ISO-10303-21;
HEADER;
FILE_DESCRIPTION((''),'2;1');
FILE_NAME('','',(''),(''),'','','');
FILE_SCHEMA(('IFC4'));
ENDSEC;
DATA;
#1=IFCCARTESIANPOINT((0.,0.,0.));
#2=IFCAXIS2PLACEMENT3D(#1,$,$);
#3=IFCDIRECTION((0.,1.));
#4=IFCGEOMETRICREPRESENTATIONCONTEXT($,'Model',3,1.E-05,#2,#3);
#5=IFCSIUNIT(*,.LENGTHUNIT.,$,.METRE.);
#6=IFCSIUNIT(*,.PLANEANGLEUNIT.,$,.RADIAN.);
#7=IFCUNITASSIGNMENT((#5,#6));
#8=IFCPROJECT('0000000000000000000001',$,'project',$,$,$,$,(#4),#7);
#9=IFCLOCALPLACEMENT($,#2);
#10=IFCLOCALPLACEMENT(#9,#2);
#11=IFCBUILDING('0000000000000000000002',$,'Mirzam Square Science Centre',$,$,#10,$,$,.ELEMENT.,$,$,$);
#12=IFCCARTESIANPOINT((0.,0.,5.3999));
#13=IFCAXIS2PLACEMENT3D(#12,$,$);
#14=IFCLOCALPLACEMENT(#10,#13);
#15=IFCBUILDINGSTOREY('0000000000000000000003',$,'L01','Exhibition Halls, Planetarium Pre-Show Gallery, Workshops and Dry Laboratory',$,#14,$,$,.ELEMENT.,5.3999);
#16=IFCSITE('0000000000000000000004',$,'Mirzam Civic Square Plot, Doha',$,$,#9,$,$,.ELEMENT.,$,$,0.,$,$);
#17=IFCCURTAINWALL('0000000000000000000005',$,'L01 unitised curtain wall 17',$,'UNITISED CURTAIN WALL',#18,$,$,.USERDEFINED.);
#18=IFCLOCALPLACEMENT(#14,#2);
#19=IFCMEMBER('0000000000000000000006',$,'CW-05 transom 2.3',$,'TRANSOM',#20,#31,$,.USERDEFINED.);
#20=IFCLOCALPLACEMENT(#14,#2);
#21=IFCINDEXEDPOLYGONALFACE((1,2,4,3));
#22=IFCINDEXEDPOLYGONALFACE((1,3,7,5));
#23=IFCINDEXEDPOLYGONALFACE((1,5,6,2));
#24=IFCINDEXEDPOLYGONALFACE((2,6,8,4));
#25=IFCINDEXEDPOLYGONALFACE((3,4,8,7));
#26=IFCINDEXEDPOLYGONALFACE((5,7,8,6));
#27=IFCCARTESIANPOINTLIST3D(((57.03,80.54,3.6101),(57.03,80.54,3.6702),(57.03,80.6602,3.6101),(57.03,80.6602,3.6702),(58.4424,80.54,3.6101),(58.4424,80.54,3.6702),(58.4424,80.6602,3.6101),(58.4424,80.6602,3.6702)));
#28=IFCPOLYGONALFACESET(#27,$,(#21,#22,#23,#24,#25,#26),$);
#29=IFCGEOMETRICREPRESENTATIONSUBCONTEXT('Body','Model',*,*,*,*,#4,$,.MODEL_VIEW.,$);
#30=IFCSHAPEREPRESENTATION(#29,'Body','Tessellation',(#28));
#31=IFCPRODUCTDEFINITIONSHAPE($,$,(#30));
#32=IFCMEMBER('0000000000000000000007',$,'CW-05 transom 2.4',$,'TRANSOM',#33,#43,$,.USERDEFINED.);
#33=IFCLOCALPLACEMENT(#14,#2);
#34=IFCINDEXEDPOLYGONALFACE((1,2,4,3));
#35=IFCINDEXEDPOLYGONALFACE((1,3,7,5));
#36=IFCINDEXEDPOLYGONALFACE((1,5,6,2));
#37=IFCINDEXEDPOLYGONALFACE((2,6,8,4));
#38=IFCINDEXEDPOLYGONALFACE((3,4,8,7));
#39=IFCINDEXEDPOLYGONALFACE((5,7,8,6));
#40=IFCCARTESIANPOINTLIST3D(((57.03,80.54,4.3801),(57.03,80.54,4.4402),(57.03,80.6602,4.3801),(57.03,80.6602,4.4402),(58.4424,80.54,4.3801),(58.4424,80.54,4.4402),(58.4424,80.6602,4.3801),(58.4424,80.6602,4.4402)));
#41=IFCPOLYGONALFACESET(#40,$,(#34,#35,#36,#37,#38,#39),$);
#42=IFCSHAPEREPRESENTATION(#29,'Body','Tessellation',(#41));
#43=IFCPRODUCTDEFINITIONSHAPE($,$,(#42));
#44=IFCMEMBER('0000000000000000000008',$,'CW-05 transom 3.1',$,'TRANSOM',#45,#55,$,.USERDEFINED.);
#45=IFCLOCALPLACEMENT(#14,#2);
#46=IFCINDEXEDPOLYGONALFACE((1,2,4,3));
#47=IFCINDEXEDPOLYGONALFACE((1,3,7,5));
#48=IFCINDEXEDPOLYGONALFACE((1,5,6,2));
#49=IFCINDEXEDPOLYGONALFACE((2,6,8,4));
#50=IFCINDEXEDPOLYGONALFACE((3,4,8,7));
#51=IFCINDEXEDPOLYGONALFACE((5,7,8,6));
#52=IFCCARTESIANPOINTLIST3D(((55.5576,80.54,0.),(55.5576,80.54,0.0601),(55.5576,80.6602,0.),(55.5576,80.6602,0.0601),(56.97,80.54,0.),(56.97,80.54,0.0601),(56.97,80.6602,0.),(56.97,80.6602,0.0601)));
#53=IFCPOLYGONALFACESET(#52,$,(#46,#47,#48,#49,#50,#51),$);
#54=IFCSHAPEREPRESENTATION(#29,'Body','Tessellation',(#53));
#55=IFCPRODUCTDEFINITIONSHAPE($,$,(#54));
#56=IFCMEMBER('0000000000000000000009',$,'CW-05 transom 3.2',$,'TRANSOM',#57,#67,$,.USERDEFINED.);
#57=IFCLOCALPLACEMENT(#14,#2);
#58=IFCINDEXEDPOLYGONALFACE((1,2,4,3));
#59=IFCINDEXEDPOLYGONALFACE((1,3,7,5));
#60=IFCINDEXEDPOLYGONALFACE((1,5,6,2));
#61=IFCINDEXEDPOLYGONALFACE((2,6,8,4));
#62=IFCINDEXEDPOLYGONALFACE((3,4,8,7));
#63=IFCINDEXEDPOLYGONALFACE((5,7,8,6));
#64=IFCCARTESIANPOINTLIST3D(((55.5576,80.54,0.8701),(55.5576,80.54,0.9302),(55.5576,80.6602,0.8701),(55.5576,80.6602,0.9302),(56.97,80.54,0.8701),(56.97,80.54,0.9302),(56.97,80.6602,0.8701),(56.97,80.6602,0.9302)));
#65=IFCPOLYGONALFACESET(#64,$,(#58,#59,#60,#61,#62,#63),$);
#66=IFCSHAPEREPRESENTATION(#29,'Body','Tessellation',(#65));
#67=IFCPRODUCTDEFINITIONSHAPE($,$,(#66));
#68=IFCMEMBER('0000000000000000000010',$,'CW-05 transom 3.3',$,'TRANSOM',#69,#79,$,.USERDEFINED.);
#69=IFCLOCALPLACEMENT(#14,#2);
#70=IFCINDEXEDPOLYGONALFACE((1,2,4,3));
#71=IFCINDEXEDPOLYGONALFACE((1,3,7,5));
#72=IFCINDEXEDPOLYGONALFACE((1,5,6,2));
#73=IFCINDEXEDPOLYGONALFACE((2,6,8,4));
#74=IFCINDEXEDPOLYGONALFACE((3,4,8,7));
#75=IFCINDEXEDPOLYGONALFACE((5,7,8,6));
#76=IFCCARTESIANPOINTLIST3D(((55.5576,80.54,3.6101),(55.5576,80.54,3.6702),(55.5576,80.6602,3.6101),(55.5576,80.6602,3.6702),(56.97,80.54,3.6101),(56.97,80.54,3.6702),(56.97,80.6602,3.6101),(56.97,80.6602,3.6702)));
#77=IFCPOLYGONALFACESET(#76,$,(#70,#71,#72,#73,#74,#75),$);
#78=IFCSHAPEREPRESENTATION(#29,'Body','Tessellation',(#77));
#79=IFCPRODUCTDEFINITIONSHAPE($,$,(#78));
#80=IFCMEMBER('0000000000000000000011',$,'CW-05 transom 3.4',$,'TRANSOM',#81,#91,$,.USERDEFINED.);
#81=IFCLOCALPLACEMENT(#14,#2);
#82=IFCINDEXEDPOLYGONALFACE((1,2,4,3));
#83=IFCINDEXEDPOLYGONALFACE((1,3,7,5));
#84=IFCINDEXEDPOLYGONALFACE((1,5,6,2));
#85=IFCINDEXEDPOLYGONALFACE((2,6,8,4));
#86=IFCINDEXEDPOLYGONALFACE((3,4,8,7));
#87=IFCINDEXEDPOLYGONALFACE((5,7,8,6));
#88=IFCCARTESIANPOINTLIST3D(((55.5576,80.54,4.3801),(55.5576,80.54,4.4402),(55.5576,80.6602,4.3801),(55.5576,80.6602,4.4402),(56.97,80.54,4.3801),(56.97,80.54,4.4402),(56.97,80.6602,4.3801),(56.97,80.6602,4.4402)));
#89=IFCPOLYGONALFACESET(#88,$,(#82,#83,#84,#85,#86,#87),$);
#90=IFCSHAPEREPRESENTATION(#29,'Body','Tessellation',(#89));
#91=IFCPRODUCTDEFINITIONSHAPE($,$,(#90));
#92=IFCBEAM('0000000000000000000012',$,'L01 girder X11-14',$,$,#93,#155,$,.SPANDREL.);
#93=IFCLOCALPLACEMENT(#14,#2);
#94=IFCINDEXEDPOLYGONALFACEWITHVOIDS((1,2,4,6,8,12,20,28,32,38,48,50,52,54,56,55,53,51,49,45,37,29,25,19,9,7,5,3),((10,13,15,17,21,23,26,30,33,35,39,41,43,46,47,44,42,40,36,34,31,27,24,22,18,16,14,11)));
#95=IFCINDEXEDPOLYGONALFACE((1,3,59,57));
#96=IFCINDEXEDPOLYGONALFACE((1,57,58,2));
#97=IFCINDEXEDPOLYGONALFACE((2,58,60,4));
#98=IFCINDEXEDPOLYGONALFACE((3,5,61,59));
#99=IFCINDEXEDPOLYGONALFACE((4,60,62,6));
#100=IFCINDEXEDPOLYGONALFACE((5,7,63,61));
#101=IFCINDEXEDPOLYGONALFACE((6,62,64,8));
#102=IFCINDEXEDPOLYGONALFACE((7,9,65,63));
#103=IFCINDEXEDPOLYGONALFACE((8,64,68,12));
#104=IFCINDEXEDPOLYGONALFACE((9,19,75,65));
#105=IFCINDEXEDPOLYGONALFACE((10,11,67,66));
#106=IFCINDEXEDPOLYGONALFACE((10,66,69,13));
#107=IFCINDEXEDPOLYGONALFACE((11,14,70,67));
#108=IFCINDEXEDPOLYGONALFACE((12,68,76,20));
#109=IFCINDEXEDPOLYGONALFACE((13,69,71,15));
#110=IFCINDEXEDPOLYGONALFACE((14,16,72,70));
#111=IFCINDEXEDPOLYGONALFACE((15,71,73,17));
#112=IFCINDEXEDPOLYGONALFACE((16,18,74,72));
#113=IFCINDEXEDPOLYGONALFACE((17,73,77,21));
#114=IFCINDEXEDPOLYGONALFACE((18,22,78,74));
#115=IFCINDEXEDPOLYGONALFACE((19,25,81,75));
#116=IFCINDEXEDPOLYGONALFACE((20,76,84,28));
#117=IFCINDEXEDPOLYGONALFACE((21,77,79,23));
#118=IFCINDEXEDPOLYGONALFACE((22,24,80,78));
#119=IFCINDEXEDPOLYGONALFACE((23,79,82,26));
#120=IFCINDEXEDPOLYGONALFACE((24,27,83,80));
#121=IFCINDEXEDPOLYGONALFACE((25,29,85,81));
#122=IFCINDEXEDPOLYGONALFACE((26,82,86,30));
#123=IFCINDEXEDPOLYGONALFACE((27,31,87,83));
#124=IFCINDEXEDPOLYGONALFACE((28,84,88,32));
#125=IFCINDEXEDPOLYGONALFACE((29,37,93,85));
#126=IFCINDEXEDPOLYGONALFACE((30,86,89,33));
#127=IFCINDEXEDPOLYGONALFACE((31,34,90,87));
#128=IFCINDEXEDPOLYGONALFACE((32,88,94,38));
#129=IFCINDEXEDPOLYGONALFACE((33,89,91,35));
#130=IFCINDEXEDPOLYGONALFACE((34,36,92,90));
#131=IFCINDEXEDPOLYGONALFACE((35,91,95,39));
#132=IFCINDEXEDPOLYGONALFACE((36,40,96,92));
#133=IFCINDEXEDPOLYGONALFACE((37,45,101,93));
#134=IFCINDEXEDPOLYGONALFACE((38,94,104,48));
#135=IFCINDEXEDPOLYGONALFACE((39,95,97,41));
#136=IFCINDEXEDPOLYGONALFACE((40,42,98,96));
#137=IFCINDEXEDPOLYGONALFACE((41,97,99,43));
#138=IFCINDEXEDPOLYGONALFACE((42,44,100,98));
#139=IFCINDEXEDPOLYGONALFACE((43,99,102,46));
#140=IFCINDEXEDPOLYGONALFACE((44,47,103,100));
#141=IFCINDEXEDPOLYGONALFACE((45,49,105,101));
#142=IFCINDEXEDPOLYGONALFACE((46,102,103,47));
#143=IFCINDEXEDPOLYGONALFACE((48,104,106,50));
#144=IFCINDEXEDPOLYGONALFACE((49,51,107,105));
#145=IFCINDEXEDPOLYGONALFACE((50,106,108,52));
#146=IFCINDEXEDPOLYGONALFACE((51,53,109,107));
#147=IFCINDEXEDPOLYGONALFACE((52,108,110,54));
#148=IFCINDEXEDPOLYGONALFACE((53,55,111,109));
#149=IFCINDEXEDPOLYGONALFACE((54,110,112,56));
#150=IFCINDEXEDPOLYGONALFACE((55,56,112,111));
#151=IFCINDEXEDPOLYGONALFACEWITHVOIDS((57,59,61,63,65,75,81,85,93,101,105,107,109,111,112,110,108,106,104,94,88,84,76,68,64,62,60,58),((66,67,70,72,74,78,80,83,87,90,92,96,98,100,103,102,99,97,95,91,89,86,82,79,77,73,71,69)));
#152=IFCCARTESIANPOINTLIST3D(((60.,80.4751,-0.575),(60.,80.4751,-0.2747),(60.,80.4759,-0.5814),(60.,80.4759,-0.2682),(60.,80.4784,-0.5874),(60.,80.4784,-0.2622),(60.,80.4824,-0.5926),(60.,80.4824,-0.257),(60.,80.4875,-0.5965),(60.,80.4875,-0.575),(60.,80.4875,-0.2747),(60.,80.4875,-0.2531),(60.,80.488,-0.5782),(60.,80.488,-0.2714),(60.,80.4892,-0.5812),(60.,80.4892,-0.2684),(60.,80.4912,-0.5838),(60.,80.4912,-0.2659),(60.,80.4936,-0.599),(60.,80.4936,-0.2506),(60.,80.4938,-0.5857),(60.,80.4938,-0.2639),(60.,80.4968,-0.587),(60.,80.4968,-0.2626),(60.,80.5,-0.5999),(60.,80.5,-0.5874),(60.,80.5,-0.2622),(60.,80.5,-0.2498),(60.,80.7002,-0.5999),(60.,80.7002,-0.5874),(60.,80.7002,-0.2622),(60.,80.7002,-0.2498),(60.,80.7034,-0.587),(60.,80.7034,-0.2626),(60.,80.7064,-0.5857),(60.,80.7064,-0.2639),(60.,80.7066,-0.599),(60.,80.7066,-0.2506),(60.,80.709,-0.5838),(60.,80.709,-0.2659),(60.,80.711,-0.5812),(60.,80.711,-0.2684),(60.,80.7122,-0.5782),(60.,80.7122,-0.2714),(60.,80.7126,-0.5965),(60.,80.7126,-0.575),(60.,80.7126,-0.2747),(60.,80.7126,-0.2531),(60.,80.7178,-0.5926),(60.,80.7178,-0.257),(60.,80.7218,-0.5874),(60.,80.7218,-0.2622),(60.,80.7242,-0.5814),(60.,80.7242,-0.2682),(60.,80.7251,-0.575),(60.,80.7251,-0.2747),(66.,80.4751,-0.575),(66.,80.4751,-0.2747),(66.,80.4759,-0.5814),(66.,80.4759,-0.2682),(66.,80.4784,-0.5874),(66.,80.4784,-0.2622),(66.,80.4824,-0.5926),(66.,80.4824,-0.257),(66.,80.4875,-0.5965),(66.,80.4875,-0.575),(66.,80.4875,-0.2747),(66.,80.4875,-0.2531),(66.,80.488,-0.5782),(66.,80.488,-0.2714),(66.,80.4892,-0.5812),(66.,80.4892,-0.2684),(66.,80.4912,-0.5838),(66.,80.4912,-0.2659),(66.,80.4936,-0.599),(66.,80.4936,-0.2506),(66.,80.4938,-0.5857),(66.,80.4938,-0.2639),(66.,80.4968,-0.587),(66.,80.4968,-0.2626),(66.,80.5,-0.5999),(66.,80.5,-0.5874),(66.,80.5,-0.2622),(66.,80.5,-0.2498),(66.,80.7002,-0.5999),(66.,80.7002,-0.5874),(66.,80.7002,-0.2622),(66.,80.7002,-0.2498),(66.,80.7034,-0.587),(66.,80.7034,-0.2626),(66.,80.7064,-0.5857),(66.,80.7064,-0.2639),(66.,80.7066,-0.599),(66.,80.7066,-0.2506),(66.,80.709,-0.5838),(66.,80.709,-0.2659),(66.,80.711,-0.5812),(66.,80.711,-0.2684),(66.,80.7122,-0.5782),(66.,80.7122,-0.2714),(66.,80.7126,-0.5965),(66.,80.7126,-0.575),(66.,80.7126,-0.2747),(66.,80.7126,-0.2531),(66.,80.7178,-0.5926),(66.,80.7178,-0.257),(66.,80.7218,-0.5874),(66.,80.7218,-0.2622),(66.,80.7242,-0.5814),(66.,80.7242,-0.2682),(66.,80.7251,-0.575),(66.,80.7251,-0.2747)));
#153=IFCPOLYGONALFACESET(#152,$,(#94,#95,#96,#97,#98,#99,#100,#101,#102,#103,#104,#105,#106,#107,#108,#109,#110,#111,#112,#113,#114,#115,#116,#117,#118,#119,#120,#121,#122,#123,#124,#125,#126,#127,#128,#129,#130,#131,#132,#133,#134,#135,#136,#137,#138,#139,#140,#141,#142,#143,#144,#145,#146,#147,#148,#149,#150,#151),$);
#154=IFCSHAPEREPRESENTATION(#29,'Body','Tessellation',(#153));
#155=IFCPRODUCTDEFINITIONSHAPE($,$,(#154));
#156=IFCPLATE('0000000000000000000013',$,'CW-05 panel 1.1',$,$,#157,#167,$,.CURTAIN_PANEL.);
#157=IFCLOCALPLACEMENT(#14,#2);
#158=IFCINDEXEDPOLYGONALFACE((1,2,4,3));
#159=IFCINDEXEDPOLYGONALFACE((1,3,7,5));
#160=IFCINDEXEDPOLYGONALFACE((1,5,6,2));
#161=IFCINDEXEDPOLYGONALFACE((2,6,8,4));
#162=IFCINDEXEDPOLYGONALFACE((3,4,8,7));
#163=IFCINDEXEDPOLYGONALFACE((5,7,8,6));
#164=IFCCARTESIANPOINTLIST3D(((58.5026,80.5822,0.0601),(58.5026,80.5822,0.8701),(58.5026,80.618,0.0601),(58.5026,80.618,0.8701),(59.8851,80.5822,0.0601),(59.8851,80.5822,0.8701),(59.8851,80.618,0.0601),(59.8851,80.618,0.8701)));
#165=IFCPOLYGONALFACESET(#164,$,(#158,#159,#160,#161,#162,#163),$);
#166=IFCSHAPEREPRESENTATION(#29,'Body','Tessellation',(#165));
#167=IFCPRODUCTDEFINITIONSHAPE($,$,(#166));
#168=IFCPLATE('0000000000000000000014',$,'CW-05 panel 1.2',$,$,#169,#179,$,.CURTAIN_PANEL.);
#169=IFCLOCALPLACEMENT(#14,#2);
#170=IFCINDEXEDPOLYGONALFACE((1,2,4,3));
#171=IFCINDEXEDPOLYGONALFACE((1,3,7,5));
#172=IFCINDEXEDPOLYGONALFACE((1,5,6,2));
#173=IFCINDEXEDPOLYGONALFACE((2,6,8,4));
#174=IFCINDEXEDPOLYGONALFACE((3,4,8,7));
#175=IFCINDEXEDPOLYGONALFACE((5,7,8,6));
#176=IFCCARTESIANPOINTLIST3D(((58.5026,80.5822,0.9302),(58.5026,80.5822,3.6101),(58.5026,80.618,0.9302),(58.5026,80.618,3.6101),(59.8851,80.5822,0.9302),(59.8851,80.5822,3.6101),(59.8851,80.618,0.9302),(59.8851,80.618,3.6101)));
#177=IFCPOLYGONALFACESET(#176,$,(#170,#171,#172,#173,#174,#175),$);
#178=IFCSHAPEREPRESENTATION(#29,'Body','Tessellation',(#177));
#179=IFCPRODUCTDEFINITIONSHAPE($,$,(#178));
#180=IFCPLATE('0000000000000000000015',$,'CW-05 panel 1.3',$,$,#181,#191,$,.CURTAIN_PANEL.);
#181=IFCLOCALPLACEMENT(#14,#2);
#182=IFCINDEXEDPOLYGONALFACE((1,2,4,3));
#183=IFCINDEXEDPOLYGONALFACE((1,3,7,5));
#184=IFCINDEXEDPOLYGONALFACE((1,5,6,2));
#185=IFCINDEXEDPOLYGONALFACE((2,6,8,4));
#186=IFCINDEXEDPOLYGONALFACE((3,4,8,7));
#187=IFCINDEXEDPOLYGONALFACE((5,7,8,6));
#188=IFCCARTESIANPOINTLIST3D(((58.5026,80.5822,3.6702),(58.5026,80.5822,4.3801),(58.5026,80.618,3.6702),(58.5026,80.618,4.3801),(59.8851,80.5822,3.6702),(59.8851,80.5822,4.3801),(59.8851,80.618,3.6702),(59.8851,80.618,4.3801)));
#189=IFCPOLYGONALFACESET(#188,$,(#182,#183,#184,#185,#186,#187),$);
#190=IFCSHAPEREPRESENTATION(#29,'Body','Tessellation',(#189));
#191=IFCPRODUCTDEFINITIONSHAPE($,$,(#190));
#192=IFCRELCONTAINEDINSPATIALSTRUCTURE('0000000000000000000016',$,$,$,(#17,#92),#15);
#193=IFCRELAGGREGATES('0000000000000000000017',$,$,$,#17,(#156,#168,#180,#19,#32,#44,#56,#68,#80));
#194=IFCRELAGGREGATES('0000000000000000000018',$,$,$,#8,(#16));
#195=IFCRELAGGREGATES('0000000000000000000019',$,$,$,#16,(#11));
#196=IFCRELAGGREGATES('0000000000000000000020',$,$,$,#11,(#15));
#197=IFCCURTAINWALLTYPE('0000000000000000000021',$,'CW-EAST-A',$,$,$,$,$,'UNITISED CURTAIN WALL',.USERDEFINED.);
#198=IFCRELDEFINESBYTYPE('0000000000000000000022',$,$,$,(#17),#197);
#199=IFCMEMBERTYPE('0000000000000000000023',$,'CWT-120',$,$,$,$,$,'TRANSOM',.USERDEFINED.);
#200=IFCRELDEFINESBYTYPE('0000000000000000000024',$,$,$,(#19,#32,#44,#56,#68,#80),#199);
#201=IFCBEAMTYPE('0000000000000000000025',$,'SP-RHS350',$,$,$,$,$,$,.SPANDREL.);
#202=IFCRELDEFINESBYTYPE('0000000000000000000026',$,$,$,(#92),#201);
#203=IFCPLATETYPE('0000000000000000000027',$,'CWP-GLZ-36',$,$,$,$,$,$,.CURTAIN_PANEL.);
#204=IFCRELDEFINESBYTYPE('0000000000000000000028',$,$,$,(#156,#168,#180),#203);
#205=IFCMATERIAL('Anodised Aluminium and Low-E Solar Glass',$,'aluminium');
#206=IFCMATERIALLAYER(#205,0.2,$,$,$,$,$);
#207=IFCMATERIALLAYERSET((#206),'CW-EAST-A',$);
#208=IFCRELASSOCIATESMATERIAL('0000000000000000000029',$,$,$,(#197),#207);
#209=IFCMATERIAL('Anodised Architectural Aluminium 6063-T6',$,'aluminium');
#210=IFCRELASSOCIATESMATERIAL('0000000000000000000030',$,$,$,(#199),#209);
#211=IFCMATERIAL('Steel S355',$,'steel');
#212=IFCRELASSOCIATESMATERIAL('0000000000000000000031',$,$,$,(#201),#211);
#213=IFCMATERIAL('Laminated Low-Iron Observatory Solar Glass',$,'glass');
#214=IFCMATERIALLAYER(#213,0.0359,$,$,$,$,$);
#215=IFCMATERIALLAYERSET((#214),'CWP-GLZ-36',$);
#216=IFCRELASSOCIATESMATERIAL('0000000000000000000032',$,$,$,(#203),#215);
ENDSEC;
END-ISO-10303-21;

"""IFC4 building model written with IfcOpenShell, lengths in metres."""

from ifc_helpers import new_model, si_unit, direction, frame, origin, origin_2d, place, context, subcontext, project, spatial, rectangle, hollow_rectangle, extrude, material, layer, layer_set, material_profile, profile_set, type_object, element, aggregate, save


model = new_model("IFC4")

# Units and contexts
model_context = context("Model", 3, precision=1e-05, world=origin(), true_north=direction((0.0, 1.0)))
body_context = subcontext(model_context, "Body", "Model", "MODEL_VIEW")
ifc_project = project(units=[si_unit("LENGTHUNIT", "METRE"), si_unit("PLANEANGLEUNIT", "RADIAN")], contexts=[model_context])

# Site, building, storey
site_placement = place(None, origin())
site = spatial("IfcSite", under=ifc_project, at=site_placement, Name="Mirzam Civic Square Plot, Doha", CompositionType="ELEMENT", RefElevation=0.0)
building_placement = place(site_placement, origin())
building = spatial("IfcBuilding", under=site, at=building_placement, Name="Mirzam Square Science Centre", CompositionType="ELEMENT")
storey_placement = place(building_placement, frame((0.0, 0.0, 5.3999)))
storey = spatial("IfcBuildingStorey", under=building, at=storey_placement, Name="L01", Description="Exhibition Halls, Planetarium Pre-Show Gallery, Workshops and Dry Laboratory", CompositionType="ELEMENT", Elevation=5.3999)

# Shared definitions
ifc_material_1 = material(Name="Steel S355", Category="steel")

# Curtain wall
ifc_material_2 = material(Name="Anodised Aluminium and Low-E Solar Glass", Category="aluminium")
ifc_layer_1 = layer(ifc_material_2, 0.2)
ifc_layer_set_1 = layer_set([ifc_layer_1], Name="CW-EAST-A")
curtain_wall_type_1 = type_object("IfcCurtainWallType", Name="CW-EAST-A", ElementType="UNITISED CURTAIN WALL", PredefinedType="USERDEFINED", material=ifc_layer_set_1)
curtain_wall_1_placement = place(storey_placement, origin())
curtain_wall_1 = element("IfcCurtainWall", 1, at=curtain_wall_1_placement, inside=storey, type_object=curtain_wall_type_1, Name="L01 unitised curtain wall 17", ObjectType="UNITISED CURTAIN WALL", PredefinedType="USERDEFINED")
ifc_material_3 = material(Name="Anodised Architectural Aluminium 6063-T6", Category="aluminium")

# Members
ifc_material_profile_1 = material_profile(ifc_material_3, rectangle(XDim=0.1201, YDim=0.0601, at=origin_2d()), Name="ALU-TRAN-120x60x4")
ifc_profile_set_1 = profile_set([ifc_material_profile_1], Name="Anodised Architectural Aluminium 6063-T6")
member_type_1 = type_object("IfcMemberType", Name="CWT-120", ElementType="TRANSOM", PredefinedType="USERDEFINED", material=ifc_profile_set_1)
member_1_placement = place(storey_placement, frame((58.4424, 80.6001, 3.6401), z_axis=(-1.0, 0.0, 0.0), x_axis=(0.0, -1.0, 0.0)))
member_1 = element("IfcMember", 2, at=member_1_placement, type_object=member_type_1, Name="CW-05 transom 2.3", ObjectType="TRANSOM", PredefinedType="USERDEFINED", context=body_context, shape_type="SweptSolid", body=[
    extrude(rectangle(XDim=0.1201, YDim=0.0601, at=origin_2d()), origin(), (0.0, 0.0, 1.0), 1.4124),
])
member_2_placement = place(storey_placement, frame((58.4424, 80.6001, 4.4102), z_axis=(-1.0, 0.0, 0.0), x_axis=(0.0, -1.0, 0.0)))
member_2 = element("IfcMember", 3, at=member_2_placement, type_object=member_type_1, Name="CW-05 transom 2.4", ObjectType="TRANSOM", PredefinedType="USERDEFINED", context=body_context, shape_type="SweptSolid", body=[
    extrude(rectangle(XDim=0.1201, YDim=0.0601, at=origin_2d()), origin(), (0.0, 0.0, 1.0), 1.4124),
])
member_3_placement = place(storey_placement, frame((56.97, 80.6001, 0.03), z_axis=(-1.0, 0.0, 0.0), x_axis=(0.0, -1.0, 0.0)))
member_3 = element("IfcMember", 4, at=member_3_placement, type_object=member_type_1, Name="CW-05 transom 3.1", ObjectType="TRANSOM", PredefinedType="USERDEFINED", context=body_context, shape_type="SweptSolid", body=[
    extrude(rectangle(XDim=0.1201, YDim=0.0601, at=origin_2d()), origin(), (0.0, 0.0, 1.0), 1.4124),
])
member_4_placement = place(storey_placement, frame((56.97, 80.6001, 0.9001), z_axis=(-1.0, 0.0, 0.0), x_axis=(0.0, -1.0, 0.0)))
member_4 = element("IfcMember", 5, at=member_4_placement, type_object=member_type_1, Name="CW-05 transom 3.2", ObjectType="TRANSOM", PredefinedType="USERDEFINED", context=body_context, shape_type="SweptSolid", body=[
    extrude(rectangle(XDim=0.1201, YDim=0.0601, at=origin_2d()), origin(), (0.0, 0.0, 1.0), 1.4124),
])
member_5_placement = place(storey_placement, frame((56.97, 80.6001, 3.6401), z_axis=(-1.0, 0.0, 0.0), x_axis=(0.0, -1.0, 0.0)))
member_5 = element("IfcMember", 6, at=member_5_placement, type_object=member_type_1, Name="CW-05 transom 3.3", ObjectType="TRANSOM", PredefinedType="USERDEFINED", context=body_context, shape_type="SweptSolid", body=[
    extrude(rectangle(XDim=0.1201, YDim=0.0601, at=origin_2d()), origin(), (0.0, 0.0, 1.0), 1.4124),
])
member_6_placement = place(storey_placement, frame((56.97, 80.6001, 4.4102), z_axis=(-1.0, 0.0, 0.0), x_axis=(0.0, -1.0, 0.0)))
member_6 = element("IfcMember", 7, at=member_6_placement, type_object=member_type_1, Name="CW-05 transom 3.4", ObjectType="TRANSOM", PredefinedType="USERDEFINED", context=body_context, shape_type="SweptSolid", body=[
    extrude(rectangle(XDim=0.1201, YDim=0.0601, at=origin_2d()), origin(), (0.0, 0.0, 1.0), 1.4124),
])

# Beam
ifc_material_profile_2 = material_profile(ifc_material_1, hollow_rectangle(XDim=0.25, YDim=0.3501, WallThickness=0.0125, InnerFilletRadius=0.0125, OuterFilletRadius=0.0249, at=origin_2d()), Name="350x250x12.5RHS")
ifc_profile_set_2 = profile_set([ifc_material_profile_2], Name="Steel S355")
beam_type = type_object("IfcBeamType", Name="SP-RHS350", PredefinedType="SPANDREL", material=ifc_profile_set_2)
beam_placement = place(storey_placement, frame((60.0, 80.6001, -0.4248), z_axis=(1.0, 0.0, 0.0), x_axis=(0.0, 1.0, 0.0)))
element("IfcBeam", 8, at=beam_placement, inside=storey, type_object=beam_type, Name="L01 girder X11-14", PredefinedType="SPANDREL", context=body_context, shape_type="SweptSolid", body=[
    extrude(hollow_rectangle(XDim=0.25, YDim=0.3501, WallThickness=0.0125, InnerFilletRadius=0.0125, OuterFilletRadius=0.0249, at=origin_2d()), origin(), (0.0, 0.0, 1.0), 6.0),
])

# Plates
ifc_material_4 = material(Name="Laminated Low-Iron Observatory Solar Glass", Category="glass")
ifc_layer_2 = layer(ifc_material_4, 0.0359)
ifc_layer_set_2 = layer_set([ifc_layer_2], Name="CWP-GLZ-36")
plate_type = type_object("IfcPlateType", Name="CWP-GLZ-36", PredefinedType="CURTAIN_PANEL", material=ifc_layer_set_2)
plate_1_placement = place(storey_placement, frame((59.1938, 80.6001, 0.0601), z_axis=(0.0, 0.0, 1.0), x_axis=(-1.0, 0.0, 0.0)))
plate_1 = element("IfcPlate", 9, at=plate_1_placement, type_object=plate_type, Name="CW-05 panel 1.1", PredefinedType="CURTAIN_PANEL", context=body_context, shape_type="SweptSolid", body=[
    extrude(rectangle(XDim=1.3826, YDim=0.0359, at=origin_2d()), origin(), (0.0, 0.0, 1.0), 0.8101),
])
plate_2_placement = place(storey_placement, frame((59.1938, 80.6001, 0.9302), z_axis=(0.0, 0.0, 1.0), x_axis=(-1.0, 0.0, 0.0)))
plate_2 = element("IfcPlate", 10, at=plate_2_placement, type_object=plate_type, Name="CW-05 panel 1.2", PredefinedType="CURTAIN_PANEL", context=body_context, shape_type="SweptSolid", body=[
    extrude(rectangle(XDim=1.3826, YDim=0.0359, at=origin_2d()), origin(), (0.0, 0.0, 1.0), 2.6799),
])
plate_3_placement = place(storey_placement, frame((59.1938, 80.6001, 3.6702), z_axis=(0.0, 0.0, 1.0), x_axis=(-1.0, 0.0, 0.0)))
plate_3 = element("IfcPlate", 11, at=plate_3_placement, type_object=plate_type, Name="CW-05 panel 1.3", PredefinedType="CURTAIN_PANEL", context=body_context, shape_type="SweptSolid", body=[
    extrude(rectangle(XDim=1.3826, YDim=0.0359, at=origin_2d()), origin(), (0.0, 0.0, 1.0), 0.71),
])
aggregate(curtain_wall_1, [plate_1, plate_2, plate_3, member_1, member_2, member_3, member_4, member_5, member_6])

save(model, "model.ifc")
